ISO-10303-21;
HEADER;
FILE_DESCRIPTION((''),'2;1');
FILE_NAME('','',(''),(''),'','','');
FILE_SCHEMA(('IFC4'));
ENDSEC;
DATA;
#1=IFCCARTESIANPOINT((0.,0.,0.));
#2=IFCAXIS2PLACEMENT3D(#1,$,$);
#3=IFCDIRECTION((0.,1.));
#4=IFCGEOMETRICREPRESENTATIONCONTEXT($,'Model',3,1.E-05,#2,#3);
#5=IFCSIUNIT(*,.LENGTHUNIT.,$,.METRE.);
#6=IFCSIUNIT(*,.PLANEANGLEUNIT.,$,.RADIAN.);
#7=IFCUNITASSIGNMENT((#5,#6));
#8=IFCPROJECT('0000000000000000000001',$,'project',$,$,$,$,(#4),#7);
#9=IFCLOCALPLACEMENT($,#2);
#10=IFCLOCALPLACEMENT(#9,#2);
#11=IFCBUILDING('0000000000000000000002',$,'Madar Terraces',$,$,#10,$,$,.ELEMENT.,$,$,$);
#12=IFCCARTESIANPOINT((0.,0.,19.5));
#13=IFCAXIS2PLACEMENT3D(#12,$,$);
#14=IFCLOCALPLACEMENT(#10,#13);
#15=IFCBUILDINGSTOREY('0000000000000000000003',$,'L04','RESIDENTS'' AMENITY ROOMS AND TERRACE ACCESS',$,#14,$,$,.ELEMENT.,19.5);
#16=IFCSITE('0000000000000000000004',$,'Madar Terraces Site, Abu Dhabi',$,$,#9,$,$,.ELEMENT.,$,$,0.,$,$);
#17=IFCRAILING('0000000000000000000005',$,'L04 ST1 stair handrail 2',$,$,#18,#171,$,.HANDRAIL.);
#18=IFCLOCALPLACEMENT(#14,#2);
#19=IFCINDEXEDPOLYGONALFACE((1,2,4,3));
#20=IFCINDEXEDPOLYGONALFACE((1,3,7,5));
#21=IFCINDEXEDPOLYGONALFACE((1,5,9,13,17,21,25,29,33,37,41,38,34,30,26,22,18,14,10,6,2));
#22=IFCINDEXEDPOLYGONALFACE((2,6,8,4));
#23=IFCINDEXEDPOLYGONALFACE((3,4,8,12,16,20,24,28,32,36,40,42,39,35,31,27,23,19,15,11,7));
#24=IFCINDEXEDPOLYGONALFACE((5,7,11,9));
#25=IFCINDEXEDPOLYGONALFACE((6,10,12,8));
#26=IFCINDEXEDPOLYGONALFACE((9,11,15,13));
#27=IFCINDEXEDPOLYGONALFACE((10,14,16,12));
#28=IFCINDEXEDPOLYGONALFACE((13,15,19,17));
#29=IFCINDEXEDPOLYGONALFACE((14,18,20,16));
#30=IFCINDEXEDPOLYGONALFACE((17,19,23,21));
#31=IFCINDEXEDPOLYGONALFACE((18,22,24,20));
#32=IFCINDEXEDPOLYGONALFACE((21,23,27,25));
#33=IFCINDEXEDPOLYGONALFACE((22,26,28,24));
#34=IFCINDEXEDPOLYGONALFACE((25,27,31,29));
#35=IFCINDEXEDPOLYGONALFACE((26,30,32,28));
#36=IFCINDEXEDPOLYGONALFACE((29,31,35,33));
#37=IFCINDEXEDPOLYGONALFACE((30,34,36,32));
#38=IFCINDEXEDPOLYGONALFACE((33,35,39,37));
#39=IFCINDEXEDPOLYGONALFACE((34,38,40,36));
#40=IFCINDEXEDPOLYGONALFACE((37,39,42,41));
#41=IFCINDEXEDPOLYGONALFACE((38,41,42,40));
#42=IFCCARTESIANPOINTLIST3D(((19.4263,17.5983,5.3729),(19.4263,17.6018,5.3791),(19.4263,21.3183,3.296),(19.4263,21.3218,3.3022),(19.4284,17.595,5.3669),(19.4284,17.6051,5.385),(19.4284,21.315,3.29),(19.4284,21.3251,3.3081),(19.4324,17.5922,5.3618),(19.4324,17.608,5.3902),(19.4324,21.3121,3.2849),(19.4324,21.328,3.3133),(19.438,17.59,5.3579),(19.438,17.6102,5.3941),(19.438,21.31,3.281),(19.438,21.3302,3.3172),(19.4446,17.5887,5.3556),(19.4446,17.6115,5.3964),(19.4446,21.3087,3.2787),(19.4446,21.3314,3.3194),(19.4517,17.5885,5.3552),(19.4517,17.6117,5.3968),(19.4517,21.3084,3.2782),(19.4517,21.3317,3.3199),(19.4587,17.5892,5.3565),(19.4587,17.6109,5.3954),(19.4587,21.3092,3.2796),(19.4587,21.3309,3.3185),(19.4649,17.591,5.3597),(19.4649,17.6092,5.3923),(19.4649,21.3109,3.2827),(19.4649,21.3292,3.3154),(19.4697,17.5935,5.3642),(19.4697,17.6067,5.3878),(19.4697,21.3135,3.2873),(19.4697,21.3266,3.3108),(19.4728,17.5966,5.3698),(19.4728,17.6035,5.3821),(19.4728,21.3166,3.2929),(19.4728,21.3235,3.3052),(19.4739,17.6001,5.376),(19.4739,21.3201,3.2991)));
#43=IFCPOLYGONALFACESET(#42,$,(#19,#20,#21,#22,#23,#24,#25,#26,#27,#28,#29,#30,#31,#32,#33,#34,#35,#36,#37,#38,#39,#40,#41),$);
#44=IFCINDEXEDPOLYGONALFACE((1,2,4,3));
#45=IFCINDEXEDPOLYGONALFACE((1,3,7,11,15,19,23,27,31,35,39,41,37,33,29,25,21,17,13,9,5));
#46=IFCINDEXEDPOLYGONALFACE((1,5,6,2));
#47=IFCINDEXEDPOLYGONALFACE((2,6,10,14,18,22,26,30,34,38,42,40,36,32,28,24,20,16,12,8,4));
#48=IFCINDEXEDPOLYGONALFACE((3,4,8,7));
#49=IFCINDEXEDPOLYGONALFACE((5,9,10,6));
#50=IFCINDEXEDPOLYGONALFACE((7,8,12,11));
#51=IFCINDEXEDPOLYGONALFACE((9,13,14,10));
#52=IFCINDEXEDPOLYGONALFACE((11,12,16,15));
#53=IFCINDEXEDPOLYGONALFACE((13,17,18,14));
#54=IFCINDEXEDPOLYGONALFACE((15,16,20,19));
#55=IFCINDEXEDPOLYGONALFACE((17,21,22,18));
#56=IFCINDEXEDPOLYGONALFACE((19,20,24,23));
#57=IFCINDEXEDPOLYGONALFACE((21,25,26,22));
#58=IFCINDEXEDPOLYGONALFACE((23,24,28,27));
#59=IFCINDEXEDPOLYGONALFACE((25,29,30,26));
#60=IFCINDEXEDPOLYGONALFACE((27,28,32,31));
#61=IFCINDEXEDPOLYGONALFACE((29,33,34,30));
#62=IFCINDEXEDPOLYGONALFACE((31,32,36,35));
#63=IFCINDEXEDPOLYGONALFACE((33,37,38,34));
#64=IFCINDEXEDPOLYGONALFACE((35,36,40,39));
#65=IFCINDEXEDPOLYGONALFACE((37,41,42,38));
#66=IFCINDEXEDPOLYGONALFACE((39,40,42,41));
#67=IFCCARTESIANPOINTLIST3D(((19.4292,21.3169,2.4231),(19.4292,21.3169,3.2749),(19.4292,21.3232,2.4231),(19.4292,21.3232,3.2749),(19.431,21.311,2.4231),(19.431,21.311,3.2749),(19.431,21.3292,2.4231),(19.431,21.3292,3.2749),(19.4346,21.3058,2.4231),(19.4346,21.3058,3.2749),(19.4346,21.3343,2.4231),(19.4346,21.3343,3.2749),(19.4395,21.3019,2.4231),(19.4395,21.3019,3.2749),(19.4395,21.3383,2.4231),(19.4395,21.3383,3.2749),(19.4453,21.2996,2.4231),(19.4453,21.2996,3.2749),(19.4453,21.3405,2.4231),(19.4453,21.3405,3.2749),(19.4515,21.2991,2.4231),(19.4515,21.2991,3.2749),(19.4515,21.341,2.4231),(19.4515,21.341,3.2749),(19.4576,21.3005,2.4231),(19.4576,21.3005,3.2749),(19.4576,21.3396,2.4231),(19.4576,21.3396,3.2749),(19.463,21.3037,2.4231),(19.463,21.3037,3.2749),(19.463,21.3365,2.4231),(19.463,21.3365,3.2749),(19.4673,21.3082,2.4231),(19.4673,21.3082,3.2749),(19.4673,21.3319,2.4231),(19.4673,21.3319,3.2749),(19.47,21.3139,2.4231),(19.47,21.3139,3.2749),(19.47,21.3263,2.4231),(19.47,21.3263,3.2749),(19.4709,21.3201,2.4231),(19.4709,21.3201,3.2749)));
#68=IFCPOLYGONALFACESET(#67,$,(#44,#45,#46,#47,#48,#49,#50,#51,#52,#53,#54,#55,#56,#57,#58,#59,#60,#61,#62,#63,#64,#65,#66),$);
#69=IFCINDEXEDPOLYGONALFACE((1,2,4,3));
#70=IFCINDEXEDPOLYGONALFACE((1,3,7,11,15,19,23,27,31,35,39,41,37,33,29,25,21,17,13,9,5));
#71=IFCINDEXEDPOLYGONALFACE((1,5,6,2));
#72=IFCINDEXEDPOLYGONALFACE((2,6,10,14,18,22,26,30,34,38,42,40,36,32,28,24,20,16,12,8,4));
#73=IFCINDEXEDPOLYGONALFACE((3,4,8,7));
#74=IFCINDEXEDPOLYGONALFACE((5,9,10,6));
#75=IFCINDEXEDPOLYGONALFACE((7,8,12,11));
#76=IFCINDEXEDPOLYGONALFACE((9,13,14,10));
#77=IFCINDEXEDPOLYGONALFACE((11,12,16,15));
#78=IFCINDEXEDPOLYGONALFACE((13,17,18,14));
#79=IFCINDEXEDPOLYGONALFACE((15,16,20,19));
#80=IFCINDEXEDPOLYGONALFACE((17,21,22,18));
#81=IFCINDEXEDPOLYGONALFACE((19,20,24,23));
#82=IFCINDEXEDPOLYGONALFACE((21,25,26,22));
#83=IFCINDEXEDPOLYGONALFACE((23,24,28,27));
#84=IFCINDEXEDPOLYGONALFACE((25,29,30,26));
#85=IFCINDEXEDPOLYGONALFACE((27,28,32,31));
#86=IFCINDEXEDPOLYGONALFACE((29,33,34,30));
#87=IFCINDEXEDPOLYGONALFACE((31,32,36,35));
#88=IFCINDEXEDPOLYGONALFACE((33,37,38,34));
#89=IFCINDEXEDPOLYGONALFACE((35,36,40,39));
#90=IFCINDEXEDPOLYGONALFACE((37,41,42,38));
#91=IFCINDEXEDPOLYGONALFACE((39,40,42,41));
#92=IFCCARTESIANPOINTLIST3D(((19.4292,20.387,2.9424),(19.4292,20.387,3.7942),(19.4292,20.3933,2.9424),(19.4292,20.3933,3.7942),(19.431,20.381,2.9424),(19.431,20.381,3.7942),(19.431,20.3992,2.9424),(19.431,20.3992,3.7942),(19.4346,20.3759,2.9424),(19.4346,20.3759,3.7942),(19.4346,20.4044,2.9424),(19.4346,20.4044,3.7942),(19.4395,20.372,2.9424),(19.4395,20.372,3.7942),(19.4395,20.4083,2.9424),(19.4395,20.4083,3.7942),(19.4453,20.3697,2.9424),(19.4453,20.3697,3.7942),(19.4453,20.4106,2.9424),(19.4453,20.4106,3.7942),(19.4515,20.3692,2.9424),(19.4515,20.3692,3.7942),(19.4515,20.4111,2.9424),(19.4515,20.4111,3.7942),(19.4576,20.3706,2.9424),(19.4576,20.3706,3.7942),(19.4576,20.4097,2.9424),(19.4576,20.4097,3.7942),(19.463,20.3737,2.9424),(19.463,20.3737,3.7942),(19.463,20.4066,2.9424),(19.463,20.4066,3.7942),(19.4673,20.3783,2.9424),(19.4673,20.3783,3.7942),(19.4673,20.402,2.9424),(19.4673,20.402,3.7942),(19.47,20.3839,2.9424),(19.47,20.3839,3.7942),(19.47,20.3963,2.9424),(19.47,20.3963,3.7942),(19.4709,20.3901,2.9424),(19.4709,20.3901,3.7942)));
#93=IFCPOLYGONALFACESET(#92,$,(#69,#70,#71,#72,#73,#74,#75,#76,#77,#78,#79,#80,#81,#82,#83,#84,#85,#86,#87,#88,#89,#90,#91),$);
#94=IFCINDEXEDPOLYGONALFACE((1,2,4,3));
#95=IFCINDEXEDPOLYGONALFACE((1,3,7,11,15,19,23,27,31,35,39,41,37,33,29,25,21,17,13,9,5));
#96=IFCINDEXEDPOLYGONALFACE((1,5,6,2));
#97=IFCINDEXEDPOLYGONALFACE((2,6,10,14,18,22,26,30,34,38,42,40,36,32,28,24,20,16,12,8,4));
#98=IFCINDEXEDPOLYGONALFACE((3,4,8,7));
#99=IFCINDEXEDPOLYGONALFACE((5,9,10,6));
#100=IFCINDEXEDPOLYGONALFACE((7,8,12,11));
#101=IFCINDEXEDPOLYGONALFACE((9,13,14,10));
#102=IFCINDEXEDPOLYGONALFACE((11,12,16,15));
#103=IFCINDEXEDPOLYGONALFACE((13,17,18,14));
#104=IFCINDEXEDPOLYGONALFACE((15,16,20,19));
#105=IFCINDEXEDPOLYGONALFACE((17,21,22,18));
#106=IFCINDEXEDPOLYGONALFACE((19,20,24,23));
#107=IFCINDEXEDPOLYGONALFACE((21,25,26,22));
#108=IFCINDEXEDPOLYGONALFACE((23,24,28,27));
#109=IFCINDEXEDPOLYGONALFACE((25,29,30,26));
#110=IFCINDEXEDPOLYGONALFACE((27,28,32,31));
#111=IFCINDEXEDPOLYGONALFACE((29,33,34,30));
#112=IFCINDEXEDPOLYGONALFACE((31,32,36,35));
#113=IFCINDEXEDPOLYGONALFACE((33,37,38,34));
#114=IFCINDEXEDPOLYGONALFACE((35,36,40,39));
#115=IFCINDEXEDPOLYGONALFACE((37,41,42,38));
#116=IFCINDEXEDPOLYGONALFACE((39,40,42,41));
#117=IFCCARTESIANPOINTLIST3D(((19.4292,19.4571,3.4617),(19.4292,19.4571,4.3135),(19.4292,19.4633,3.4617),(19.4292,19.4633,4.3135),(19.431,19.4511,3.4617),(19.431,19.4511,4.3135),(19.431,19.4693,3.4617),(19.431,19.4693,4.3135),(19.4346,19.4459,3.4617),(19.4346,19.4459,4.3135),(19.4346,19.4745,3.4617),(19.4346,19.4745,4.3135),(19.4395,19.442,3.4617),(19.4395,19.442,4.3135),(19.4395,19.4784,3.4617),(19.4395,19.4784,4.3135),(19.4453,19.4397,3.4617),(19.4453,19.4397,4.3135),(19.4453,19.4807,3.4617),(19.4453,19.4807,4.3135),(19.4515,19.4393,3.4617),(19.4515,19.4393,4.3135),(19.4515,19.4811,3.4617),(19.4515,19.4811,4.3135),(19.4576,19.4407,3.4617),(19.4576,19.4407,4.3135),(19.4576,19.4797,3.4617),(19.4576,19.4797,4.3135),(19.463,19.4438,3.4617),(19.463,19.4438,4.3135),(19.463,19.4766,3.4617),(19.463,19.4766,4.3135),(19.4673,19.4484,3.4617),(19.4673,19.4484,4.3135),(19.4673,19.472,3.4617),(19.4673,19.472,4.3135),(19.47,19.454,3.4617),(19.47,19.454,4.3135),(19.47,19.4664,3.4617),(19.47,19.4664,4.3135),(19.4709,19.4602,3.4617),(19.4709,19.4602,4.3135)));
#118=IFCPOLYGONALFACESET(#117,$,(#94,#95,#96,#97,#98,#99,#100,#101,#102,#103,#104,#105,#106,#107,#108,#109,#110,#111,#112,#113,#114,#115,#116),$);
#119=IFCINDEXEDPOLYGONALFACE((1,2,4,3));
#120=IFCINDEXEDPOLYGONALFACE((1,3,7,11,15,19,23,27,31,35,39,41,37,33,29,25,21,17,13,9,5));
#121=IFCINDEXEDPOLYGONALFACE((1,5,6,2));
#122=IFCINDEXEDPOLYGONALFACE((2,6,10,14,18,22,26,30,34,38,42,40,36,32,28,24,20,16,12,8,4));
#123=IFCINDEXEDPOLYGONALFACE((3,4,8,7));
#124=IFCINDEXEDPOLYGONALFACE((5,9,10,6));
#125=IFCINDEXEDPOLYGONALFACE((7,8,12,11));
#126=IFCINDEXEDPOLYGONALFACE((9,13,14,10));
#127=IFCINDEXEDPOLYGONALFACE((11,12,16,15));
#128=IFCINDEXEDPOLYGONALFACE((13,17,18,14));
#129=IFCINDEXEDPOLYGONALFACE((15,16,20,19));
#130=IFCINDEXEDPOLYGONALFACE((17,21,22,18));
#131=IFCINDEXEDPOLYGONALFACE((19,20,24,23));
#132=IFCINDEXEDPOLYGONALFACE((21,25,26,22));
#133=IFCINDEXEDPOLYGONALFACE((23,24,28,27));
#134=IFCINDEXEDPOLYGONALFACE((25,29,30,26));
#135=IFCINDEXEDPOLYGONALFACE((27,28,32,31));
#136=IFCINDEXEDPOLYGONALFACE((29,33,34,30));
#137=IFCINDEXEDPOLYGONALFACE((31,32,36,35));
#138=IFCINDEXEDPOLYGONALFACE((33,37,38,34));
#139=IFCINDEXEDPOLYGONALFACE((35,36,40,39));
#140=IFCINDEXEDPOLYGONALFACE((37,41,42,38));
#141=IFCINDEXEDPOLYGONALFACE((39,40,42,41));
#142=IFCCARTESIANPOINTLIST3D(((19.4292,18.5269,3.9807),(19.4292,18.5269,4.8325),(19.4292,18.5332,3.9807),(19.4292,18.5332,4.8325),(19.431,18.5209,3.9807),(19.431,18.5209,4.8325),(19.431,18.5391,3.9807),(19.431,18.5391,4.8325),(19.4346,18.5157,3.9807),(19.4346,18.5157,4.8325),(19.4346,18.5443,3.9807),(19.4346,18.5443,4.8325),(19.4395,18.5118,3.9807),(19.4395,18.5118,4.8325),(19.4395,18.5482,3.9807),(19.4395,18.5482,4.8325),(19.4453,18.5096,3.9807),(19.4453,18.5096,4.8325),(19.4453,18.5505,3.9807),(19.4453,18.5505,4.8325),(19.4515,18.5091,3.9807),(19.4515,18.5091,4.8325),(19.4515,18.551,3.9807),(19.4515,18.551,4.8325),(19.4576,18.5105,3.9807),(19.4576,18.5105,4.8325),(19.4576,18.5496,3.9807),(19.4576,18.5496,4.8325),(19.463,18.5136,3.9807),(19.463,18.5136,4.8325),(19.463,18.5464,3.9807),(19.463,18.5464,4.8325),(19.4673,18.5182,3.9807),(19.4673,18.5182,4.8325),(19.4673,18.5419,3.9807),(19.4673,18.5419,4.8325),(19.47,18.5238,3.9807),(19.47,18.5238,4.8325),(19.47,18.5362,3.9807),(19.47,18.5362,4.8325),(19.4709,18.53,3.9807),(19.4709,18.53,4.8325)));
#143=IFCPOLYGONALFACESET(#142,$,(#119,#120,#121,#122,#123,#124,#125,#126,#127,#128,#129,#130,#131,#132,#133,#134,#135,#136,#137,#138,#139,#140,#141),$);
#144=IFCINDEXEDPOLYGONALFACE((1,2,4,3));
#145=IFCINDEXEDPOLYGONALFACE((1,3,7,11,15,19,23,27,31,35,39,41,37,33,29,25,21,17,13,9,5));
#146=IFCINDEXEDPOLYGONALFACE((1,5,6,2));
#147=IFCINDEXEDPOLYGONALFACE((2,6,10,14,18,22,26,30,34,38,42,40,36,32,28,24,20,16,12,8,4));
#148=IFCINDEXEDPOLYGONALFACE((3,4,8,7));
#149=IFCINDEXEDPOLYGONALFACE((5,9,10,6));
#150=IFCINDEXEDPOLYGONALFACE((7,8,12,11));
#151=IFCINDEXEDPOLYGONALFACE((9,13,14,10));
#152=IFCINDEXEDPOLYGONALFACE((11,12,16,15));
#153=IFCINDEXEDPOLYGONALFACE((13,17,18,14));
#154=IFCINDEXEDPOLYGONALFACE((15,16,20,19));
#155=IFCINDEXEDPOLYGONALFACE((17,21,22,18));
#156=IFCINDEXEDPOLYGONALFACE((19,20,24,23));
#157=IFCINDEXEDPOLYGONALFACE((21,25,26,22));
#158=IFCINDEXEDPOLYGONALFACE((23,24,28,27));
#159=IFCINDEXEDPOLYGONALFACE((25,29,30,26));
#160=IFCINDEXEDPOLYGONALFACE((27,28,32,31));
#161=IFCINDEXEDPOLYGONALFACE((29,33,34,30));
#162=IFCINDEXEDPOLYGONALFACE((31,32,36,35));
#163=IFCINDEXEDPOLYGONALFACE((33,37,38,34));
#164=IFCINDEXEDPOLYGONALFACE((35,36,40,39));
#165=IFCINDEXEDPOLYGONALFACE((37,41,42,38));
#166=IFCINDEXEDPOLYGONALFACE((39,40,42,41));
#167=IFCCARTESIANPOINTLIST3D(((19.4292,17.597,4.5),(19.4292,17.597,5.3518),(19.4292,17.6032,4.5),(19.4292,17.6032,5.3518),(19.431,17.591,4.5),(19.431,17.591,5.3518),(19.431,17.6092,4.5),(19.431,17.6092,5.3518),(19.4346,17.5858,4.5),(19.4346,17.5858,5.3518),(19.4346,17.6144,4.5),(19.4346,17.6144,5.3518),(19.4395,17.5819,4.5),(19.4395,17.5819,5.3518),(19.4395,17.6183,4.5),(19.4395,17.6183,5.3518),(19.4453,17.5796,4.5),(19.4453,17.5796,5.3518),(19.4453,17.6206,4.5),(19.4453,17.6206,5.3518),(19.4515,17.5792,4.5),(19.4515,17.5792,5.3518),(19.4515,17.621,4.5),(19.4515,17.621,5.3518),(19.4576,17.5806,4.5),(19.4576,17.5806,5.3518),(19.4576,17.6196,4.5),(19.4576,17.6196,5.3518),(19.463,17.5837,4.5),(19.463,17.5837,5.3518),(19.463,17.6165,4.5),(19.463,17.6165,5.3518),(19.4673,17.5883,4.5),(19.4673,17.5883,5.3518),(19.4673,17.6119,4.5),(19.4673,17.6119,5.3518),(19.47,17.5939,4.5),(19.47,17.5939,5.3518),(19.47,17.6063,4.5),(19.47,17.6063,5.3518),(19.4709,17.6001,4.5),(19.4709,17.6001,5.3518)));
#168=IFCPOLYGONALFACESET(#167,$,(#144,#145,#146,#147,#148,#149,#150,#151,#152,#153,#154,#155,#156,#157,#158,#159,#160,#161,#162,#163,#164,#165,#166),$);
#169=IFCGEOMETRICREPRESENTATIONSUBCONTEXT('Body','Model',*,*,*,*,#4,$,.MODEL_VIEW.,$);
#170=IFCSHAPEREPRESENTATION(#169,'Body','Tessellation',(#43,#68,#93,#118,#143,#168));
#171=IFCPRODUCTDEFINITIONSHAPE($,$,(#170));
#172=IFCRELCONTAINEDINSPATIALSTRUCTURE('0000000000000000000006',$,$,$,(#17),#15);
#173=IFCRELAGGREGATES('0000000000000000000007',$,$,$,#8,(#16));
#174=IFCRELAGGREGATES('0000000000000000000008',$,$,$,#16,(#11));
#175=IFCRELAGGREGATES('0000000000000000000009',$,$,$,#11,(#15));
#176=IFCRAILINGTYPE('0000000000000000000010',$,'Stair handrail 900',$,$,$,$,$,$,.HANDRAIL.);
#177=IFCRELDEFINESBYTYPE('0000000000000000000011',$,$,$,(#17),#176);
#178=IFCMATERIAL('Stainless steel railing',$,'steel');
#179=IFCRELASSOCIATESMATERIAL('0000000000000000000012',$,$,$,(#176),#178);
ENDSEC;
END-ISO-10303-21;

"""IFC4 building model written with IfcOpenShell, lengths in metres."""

from ifc_helpers import new_model, si_unit, direction, frame, origin, origin_2d, place, context, subcontext, project, spatial, circle, extrude, material, type_object, element, save


model = new_model("IFC4")

# Units and contexts
model_context = context("Model", 3, precision=1e-05, world=origin(), true_north=direction((0.0, 1.0)))
body_context = subcontext(model_context, "Body", "Model", "MODEL_VIEW")
ifc_project = project(units=[si_unit("LENGTHUNIT", "METRE"), si_unit("PLANEANGLEUNIT", "RADIAN")], contexts=[model_context])

# Site, building, storey
site_placement = place(None, origin())
site = spatial("IfcSite", under=ifc_project, at=site_placement, Name="Madar Terraces Site, Abu Dhabi", CompositionType="ELEMENT", RefElevation=0.0)
building_placement = place(site_placement, origin())
building = spatial("IfcBuilding", under=site, at=building_placement, Name="Madar Terraces", CompositionType="ELEMENT")
storey_placement = place(building_placement, frame((0.0, 0.0, 19.5)))
storey = spatial("IfcBuildingStorey", under=building, at=storey_placement, Name="L04", Description="RESIDENTS' AMENITY ROOMS AND TERRACE ACCESS", CompositionType="ELEMENT", Elevation=19.5)

# Railing
ifc_material_1 = material(Name="Stainless steel railing", Category="steel")
railing_type_1 = type_object("IfcRailingType", Name="Stair handrail 900", PredefinedType="HANDRAIL", material=ifc_material_1)
railing_1_placement = place(storey_placement, frame((19.45, 21.3201, 2.4231)))
element("IfcRailing", 1, at=railing_1_placement, inside=storey, type_object=railing_type_1, Name="L04 ST1 stair handrail 2", PredefinedType="HANDRAIL", context=body_context, shape_type="SweptSolid", body=[
    extrude(circle(Radius=0.0239, at=origin_2d()), frame((0.0, 0.0, 0.876), z_axis=(0.0, -0.873134, 0.487481), x_axis=(1.0, 0.0, 0.0)), (0.0, 0.0, 1.0), 4.2605),
    extrude(circle(Radius=0.021, at=origin_2d()), origin(), (0.0, 0.0, 1.0), 0.8518),
    extrude(circle(Radius=0.021, at=origin_2d()), frame((0.0, -0.9299, 0.5193)), (0.0, 0.0, 1.0), 0.8518),
    extrude(circle(Radius=0.021, at=origin_2d()), frame((0.0, -1.8599, 1.0386)), (0.0, 0.0, 1.0), 0.8518),
    extrude(circle(Radius=0.021, at=origin_2d()), frame((0.0, -2.79, 1.5576)), (0.0, 0.0, 1.0), 0.8518),
    extrude(circle(Radius=0.021, at=origin_2d()), frame((0.0, -3.72, 2.0769)), (0.0, 0.0, 1.0), 0.8518),
])

save(model, "model.ifc")
